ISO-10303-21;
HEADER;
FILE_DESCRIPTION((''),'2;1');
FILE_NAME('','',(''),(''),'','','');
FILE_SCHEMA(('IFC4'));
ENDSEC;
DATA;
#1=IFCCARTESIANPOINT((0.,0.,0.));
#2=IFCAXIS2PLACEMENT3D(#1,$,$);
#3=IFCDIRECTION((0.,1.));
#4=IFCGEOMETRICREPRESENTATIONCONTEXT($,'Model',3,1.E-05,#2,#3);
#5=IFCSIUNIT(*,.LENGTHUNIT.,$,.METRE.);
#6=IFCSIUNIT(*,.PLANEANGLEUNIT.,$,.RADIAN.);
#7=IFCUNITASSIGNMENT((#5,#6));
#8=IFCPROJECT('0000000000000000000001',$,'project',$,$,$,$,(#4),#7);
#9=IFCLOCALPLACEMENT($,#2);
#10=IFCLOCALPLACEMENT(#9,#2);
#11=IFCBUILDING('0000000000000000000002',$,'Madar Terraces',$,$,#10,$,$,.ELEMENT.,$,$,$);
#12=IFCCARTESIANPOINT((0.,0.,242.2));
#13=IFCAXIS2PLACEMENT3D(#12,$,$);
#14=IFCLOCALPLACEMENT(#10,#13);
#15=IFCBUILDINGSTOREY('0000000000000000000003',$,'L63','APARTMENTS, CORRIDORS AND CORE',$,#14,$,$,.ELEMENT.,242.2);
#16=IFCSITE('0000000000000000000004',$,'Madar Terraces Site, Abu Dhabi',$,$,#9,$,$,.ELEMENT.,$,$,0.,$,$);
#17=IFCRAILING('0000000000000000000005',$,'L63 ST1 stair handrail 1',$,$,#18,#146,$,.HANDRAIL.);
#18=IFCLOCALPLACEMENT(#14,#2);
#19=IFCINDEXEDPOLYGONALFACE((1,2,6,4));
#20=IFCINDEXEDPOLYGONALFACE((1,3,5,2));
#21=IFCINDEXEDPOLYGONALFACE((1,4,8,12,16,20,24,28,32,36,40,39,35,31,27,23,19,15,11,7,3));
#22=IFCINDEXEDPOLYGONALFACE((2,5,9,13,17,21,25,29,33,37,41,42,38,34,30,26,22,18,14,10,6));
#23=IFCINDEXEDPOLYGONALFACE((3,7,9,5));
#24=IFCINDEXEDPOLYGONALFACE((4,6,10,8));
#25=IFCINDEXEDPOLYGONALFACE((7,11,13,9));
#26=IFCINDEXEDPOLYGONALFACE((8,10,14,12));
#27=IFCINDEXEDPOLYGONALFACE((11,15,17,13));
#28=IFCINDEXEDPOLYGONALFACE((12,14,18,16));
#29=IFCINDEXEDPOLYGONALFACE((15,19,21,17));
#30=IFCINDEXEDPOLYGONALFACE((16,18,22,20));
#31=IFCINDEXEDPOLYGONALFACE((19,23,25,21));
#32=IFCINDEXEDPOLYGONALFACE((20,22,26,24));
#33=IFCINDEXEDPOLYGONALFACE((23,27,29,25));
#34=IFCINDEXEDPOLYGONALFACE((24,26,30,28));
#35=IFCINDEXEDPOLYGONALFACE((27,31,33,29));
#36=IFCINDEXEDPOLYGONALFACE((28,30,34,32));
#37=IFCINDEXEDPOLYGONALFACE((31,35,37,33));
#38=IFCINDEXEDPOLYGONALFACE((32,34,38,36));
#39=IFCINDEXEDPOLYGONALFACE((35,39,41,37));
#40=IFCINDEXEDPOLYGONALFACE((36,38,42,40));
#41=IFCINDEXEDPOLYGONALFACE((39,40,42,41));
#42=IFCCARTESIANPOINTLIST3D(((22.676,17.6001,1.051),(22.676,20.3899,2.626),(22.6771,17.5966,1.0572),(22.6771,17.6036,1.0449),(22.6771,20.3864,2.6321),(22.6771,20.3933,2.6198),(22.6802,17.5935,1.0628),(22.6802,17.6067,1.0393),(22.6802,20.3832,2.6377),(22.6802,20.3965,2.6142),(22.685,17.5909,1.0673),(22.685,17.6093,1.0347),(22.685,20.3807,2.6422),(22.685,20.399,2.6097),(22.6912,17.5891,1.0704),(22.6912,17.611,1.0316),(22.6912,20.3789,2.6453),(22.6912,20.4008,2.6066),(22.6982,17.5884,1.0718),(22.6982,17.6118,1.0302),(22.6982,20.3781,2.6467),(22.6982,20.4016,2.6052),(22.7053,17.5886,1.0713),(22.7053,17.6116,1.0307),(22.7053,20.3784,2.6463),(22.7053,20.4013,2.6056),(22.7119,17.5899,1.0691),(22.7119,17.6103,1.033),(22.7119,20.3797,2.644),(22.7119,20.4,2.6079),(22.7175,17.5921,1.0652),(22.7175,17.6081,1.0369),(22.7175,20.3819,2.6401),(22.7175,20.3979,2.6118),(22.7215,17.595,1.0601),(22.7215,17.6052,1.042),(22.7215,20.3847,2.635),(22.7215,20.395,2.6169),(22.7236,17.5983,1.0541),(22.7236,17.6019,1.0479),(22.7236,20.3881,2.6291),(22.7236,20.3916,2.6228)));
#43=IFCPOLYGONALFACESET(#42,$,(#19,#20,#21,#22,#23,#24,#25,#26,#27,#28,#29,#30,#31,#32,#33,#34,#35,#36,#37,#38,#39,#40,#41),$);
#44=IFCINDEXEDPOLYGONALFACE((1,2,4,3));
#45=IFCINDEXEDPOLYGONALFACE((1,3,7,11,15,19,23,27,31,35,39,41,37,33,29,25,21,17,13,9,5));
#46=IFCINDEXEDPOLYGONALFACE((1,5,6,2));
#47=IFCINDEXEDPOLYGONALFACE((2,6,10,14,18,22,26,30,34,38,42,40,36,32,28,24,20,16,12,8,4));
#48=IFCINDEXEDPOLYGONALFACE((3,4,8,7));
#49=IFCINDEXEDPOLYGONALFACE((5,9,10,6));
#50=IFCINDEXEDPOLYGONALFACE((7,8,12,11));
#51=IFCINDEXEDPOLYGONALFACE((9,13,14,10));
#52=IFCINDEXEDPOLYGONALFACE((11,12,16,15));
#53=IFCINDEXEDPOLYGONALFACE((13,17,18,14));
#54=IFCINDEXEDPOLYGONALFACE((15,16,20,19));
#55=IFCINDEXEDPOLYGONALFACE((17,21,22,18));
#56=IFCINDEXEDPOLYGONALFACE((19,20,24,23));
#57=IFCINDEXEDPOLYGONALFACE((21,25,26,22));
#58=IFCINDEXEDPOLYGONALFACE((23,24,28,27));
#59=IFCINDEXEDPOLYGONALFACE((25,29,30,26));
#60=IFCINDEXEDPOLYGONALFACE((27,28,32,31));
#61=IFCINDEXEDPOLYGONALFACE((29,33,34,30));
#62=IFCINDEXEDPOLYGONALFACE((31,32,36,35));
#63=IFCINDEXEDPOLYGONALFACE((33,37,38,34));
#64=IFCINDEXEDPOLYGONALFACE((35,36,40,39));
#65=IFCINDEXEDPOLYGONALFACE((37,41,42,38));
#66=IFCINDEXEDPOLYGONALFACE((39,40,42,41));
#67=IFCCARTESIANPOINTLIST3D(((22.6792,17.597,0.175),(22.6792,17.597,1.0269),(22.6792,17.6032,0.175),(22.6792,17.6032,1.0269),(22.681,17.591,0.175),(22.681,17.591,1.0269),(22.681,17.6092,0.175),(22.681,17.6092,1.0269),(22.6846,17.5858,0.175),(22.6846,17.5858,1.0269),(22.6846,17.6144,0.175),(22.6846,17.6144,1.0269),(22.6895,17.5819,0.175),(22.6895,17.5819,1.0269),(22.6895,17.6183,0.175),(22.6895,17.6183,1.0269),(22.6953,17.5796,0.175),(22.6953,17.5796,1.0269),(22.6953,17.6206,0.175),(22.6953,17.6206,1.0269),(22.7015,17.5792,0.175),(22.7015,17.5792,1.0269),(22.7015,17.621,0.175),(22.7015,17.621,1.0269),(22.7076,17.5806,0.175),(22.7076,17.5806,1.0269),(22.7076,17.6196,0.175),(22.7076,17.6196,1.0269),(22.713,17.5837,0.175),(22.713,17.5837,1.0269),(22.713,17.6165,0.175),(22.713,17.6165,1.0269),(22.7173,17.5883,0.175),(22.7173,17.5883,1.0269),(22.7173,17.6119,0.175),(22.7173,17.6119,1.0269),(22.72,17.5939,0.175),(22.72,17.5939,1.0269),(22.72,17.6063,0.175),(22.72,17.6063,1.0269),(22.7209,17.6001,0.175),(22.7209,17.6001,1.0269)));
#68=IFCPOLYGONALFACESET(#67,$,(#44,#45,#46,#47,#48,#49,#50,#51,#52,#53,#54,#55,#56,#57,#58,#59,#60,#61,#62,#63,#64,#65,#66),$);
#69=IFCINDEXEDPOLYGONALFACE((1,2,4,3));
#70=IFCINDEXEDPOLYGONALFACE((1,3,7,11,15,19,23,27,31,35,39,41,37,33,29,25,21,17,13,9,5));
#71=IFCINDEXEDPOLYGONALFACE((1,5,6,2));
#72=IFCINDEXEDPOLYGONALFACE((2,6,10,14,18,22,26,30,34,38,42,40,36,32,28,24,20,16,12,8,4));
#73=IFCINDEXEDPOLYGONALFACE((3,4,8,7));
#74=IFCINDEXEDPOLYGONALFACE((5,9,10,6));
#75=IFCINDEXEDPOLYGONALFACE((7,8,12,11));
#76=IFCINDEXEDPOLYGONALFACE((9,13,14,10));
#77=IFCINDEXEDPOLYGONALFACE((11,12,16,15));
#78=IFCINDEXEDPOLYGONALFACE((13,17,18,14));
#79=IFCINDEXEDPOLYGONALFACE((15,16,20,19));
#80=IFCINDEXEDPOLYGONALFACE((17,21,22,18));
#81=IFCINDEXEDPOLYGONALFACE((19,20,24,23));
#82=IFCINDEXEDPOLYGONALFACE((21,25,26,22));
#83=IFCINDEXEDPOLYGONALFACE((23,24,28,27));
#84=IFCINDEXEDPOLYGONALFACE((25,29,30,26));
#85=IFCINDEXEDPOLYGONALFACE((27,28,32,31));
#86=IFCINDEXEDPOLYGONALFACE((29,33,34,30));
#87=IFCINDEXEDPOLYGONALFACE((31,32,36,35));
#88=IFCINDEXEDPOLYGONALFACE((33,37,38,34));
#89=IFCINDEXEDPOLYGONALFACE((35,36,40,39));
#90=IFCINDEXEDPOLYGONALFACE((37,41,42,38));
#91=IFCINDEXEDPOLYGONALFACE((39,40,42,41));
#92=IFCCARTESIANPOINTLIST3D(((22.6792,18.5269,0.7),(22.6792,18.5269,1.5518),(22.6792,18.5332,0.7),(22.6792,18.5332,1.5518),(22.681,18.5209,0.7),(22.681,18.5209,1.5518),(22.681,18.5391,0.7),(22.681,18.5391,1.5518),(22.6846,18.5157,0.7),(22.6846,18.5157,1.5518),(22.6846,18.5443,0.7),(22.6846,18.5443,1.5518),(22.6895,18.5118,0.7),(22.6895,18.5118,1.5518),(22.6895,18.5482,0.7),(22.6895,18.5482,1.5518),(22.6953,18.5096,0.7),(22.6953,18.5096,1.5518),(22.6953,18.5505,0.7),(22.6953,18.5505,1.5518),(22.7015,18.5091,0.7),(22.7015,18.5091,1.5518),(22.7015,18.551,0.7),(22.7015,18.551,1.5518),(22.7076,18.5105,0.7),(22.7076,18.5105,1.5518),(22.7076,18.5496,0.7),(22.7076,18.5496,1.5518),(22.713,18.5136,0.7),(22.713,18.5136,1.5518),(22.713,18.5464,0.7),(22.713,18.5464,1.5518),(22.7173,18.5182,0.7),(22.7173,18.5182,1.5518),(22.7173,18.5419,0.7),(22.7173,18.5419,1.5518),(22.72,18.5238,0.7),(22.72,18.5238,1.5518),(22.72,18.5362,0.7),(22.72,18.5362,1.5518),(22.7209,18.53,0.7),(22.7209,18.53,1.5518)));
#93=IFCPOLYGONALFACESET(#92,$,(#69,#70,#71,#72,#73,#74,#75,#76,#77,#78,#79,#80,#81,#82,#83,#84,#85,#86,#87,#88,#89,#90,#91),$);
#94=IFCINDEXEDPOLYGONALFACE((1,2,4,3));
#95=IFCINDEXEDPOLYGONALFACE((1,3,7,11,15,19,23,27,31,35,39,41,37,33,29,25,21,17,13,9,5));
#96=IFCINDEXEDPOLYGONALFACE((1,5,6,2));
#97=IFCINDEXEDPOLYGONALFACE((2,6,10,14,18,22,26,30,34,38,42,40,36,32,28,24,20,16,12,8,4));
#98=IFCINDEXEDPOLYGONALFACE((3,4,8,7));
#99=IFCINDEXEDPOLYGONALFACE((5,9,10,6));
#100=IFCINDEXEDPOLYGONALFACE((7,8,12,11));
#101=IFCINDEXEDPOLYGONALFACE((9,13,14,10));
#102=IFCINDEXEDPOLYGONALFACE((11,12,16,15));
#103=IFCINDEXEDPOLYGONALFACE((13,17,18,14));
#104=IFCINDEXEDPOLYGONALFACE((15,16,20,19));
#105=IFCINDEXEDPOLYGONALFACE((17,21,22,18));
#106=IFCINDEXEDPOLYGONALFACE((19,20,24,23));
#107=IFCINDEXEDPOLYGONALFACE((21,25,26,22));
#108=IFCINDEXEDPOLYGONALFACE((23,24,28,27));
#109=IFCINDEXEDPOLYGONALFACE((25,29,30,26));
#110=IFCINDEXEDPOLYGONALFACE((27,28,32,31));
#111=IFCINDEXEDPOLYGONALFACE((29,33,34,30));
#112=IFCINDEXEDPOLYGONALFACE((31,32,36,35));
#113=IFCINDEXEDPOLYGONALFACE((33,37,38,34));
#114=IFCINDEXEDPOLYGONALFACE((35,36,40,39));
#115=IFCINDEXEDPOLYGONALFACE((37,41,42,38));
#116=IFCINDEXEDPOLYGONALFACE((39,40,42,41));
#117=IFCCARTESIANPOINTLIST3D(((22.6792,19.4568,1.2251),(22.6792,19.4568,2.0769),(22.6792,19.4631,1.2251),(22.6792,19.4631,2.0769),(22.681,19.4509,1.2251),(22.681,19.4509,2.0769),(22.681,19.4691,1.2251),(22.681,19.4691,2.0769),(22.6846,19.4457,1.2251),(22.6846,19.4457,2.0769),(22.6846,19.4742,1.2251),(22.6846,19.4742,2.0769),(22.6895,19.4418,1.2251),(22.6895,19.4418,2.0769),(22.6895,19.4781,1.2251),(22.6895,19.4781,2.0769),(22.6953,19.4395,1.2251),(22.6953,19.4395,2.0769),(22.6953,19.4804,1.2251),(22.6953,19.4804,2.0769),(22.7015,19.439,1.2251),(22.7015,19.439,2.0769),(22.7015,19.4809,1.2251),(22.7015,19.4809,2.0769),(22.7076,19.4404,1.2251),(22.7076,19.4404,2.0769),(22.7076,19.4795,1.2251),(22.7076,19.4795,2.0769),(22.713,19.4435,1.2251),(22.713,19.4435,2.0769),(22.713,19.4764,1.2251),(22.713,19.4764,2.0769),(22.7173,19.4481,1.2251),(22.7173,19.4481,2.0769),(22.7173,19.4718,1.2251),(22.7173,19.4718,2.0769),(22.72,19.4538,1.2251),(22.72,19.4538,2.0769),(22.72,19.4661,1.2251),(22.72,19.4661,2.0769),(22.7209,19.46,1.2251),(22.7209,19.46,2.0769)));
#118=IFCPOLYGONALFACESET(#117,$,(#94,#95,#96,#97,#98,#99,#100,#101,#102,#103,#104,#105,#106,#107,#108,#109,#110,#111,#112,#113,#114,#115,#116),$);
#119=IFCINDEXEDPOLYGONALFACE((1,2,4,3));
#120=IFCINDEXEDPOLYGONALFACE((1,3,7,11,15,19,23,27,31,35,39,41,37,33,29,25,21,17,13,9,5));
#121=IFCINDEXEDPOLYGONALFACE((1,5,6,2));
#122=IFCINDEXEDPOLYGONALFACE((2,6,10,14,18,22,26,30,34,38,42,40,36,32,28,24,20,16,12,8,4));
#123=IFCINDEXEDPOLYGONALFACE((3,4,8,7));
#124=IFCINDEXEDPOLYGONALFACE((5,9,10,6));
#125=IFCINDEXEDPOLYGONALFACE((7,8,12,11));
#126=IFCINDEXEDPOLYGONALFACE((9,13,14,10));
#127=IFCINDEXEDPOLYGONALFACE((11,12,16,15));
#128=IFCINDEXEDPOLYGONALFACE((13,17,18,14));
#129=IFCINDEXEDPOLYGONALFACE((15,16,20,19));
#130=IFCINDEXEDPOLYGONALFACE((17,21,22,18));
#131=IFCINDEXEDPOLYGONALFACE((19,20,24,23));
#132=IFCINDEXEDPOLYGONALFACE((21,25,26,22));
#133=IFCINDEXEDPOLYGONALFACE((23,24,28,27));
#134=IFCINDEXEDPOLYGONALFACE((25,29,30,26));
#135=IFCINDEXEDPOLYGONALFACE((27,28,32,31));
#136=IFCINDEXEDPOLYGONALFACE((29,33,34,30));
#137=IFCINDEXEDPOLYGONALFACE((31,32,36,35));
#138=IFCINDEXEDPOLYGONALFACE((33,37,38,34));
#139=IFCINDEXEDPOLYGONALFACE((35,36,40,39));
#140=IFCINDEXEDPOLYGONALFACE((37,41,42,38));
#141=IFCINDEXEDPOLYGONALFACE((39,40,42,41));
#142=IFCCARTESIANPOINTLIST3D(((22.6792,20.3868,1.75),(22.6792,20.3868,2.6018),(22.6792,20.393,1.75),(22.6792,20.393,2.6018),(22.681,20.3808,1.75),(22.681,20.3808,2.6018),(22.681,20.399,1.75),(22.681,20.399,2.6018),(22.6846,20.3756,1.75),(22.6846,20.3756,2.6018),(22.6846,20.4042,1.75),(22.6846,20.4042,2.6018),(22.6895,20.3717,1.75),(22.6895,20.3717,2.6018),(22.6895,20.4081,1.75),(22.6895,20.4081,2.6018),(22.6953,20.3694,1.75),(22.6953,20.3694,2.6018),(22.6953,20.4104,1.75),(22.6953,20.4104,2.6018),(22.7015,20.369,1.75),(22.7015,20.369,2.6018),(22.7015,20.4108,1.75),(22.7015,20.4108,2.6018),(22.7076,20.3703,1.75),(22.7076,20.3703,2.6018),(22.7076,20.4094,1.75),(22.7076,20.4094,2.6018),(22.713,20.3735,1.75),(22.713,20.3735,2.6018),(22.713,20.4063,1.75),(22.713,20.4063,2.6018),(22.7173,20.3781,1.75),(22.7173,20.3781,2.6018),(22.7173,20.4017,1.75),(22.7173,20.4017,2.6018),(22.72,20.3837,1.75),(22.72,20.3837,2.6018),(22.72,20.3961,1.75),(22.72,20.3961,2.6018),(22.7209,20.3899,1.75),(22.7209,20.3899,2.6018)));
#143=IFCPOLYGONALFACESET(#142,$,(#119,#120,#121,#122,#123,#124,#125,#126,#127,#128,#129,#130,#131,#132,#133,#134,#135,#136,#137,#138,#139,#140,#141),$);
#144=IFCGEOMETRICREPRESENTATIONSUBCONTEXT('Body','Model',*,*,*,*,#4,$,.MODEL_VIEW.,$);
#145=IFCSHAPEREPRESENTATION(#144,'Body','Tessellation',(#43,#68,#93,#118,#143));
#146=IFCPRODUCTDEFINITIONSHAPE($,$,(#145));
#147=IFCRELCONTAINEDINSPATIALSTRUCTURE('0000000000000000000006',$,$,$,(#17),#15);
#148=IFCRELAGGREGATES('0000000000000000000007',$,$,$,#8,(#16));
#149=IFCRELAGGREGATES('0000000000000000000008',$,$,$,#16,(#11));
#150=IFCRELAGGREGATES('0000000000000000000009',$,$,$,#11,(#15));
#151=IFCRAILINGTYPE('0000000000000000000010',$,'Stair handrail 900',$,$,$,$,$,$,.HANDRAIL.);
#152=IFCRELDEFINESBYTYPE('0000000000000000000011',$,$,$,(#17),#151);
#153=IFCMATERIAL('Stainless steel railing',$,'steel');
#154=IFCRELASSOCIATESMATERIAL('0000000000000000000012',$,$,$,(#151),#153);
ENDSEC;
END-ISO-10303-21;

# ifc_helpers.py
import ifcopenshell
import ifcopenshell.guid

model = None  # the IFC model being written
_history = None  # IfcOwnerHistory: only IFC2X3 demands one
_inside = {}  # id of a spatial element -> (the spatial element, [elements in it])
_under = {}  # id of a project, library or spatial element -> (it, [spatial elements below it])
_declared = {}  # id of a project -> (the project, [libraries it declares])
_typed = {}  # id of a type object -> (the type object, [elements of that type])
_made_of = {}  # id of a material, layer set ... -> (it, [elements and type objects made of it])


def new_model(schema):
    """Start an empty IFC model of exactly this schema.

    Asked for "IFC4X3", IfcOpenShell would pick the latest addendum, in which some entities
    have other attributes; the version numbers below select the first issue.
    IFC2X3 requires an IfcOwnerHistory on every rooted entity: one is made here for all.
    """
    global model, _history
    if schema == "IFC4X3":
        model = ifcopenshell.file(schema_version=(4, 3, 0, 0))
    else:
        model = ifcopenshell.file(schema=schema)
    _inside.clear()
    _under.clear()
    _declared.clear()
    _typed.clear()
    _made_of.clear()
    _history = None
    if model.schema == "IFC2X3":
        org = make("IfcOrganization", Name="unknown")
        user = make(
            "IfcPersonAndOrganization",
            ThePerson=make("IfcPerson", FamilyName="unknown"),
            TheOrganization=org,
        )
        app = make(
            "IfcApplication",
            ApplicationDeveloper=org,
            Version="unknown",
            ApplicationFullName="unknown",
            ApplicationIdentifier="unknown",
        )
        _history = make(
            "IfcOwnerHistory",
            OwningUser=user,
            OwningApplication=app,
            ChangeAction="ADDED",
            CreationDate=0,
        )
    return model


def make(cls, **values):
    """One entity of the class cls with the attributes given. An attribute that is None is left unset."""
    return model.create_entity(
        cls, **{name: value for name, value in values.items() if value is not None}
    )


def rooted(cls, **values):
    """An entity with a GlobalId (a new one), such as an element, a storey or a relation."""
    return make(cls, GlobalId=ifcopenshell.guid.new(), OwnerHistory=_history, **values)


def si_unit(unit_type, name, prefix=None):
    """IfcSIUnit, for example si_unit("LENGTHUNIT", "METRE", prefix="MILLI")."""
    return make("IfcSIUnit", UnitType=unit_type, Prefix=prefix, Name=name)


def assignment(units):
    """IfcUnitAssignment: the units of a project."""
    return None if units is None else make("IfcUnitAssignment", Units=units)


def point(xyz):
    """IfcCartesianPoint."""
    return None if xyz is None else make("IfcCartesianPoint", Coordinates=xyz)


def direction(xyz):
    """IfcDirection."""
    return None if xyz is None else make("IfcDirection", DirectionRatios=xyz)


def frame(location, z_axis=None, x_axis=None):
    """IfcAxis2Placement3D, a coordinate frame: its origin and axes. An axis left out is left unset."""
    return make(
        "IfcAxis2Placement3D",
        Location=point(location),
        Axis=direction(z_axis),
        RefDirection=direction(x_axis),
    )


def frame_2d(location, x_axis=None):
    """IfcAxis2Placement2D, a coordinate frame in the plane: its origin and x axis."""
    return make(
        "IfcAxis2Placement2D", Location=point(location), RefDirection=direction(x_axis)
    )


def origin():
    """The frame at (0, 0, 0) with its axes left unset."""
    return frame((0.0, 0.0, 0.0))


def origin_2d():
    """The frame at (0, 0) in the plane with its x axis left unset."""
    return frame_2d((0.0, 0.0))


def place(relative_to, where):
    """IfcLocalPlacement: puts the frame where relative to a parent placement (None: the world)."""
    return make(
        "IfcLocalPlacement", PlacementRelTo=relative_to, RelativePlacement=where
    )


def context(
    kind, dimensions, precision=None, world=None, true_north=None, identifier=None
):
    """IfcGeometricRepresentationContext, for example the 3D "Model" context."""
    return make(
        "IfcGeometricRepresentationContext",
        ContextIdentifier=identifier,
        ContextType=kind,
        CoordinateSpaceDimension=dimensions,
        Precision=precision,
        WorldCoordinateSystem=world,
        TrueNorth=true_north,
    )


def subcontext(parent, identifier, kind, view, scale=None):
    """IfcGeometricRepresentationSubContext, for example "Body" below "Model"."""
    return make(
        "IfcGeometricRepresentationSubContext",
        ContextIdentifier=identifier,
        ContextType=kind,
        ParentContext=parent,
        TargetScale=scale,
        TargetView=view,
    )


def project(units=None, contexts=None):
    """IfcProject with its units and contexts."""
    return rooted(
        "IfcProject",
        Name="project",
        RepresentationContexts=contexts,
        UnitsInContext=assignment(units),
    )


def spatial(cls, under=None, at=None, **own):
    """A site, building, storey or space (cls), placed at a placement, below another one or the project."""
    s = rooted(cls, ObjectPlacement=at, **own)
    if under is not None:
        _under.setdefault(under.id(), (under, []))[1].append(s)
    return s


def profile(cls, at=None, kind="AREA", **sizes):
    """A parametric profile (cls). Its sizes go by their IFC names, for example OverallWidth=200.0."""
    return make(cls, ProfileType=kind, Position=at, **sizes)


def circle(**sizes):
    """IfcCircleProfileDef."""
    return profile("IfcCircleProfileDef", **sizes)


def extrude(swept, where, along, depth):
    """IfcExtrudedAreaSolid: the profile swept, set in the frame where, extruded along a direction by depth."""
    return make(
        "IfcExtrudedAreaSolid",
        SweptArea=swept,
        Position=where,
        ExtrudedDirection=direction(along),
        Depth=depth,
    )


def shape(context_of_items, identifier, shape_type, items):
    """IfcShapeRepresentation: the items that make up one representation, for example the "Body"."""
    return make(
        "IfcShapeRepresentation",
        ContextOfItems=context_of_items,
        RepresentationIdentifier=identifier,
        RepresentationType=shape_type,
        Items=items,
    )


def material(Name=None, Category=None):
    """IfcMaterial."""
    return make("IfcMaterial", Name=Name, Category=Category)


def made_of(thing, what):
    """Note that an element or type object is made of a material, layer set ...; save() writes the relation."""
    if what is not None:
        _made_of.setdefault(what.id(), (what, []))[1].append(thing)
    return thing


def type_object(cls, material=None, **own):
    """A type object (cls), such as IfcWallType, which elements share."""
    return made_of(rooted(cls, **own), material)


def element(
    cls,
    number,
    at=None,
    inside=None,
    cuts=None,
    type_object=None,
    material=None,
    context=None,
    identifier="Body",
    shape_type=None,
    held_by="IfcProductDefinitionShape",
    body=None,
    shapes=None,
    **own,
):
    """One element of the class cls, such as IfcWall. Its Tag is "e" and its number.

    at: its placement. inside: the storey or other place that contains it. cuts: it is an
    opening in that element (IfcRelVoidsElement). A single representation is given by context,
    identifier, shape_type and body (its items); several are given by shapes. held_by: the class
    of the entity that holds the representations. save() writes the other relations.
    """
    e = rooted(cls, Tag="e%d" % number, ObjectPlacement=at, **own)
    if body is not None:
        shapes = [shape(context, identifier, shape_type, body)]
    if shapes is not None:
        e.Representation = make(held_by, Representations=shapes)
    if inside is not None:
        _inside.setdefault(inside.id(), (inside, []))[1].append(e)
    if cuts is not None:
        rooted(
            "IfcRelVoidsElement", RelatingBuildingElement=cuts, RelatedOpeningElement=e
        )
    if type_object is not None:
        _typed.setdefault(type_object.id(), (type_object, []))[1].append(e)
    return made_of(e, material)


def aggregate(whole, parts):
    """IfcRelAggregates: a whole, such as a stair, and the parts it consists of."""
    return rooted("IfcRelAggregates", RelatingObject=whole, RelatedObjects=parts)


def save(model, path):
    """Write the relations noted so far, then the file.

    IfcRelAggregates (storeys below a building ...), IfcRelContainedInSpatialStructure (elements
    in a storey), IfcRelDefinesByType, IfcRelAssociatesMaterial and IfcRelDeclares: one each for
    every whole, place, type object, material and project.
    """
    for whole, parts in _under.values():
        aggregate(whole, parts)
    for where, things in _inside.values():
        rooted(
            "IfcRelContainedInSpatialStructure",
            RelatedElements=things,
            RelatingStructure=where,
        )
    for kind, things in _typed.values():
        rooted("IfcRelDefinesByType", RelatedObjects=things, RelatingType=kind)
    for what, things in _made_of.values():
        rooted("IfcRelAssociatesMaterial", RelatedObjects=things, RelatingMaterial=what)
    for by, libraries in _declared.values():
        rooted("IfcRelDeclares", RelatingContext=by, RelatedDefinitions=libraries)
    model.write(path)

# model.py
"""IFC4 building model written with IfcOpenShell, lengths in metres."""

from ifc_helpers import new_model, si_unit, direction, frame, origin, origin_2d, place, context, subcontext, project, spatial, circle, extrude, material, type_object, element, save


model = new_model("IFC4")

# Units and contexts
model_context = context("Model", 3, precision=1e-05, world=origin(), true_north=direction((0.0, 1.0)))
body_context = subcontext(model_context, "Body", "Model", "MODEL_VIEW")
ifc_project = project(units=[si_unit("LENGTHUNIT", "METRE"), si_unit("PLANEANGLEUNIT", "RADIAN")], contexts=[model_context])

# Site, building, storey
site_placement = place(None, origin())
site = spatial("IfcSite", under=ifc_project, at=site_placement, Name="Madar Terraces Site, Abu Dhabi", CompositionType="ELEMENT", RefElevation=0.0)
building_placement = place(site_placement, origin())
building = spatial("IfcBuilding", under=site, at=building_placement, Name="Madar Terraces", CompositionType="ELEMENT")
storey_placement = place(building_placement, frame((0.0, 0.0, 242.2)))
storey = spatial("IfcBuildingStorey", under=building, at=storey_placement, Name="L63", Description="APARTMENTS, CORRIDORS AND CORE", CompositionType="ELEMENT", Elevation=242.2)

# Railing
ifc_material_1 = material(Name="Stainless steel railing", Category="steel")
railing_type_1 = type_object("IfcRailingType", Name="Stair handrail 900", PredefinedType="HANDRAIL", material=ifc_material_1)
railing_1_placement = place(storey_placement, frame((22.7, 17.6001, 0.175)))
element("IfcRailing", 1, at=railing_1_placement, inside=storey, type_object=railing_type_1, Name="L63 ST1 stair handrail 1", PredefinedType="HANDRAIL", context=body_context, shape_type="SweptSolid", body=[
    extrude(circle(Radius=0.0239, at=origin_2d()), frame((0.0, 0.0, 0.876), z_axis=(0.0, 0.870815, 0.49161), x_axis=(-1.0, 0.0, 0.0)), (0.0, 0.0, 1.0), 3.2036),
    extrude(circle(Radius=0.021, at=origin_2d()), origin(), (0.0, 0.0, 1.0), 0.8518),
    extrude(circle(Radius=0.021, at=origin_2d()), frame((0.0, 0.9299, 0.5249)), (0.0, 0.0, 1.0), 0.8518),
    extrude(circle(Radius=0.021, at=origin_2d()), frame((0.0, 1.8599, 1.05)), (0.0, 0.0, 1.0), 0.8518),
    extrude(circle(Radius=0.021, at=origin_2d()), frame((0.0, 2.7898, 1.575)), (0.0, 0.0, 1.0), 0.8518),
])

save(model, "model.ifc")
